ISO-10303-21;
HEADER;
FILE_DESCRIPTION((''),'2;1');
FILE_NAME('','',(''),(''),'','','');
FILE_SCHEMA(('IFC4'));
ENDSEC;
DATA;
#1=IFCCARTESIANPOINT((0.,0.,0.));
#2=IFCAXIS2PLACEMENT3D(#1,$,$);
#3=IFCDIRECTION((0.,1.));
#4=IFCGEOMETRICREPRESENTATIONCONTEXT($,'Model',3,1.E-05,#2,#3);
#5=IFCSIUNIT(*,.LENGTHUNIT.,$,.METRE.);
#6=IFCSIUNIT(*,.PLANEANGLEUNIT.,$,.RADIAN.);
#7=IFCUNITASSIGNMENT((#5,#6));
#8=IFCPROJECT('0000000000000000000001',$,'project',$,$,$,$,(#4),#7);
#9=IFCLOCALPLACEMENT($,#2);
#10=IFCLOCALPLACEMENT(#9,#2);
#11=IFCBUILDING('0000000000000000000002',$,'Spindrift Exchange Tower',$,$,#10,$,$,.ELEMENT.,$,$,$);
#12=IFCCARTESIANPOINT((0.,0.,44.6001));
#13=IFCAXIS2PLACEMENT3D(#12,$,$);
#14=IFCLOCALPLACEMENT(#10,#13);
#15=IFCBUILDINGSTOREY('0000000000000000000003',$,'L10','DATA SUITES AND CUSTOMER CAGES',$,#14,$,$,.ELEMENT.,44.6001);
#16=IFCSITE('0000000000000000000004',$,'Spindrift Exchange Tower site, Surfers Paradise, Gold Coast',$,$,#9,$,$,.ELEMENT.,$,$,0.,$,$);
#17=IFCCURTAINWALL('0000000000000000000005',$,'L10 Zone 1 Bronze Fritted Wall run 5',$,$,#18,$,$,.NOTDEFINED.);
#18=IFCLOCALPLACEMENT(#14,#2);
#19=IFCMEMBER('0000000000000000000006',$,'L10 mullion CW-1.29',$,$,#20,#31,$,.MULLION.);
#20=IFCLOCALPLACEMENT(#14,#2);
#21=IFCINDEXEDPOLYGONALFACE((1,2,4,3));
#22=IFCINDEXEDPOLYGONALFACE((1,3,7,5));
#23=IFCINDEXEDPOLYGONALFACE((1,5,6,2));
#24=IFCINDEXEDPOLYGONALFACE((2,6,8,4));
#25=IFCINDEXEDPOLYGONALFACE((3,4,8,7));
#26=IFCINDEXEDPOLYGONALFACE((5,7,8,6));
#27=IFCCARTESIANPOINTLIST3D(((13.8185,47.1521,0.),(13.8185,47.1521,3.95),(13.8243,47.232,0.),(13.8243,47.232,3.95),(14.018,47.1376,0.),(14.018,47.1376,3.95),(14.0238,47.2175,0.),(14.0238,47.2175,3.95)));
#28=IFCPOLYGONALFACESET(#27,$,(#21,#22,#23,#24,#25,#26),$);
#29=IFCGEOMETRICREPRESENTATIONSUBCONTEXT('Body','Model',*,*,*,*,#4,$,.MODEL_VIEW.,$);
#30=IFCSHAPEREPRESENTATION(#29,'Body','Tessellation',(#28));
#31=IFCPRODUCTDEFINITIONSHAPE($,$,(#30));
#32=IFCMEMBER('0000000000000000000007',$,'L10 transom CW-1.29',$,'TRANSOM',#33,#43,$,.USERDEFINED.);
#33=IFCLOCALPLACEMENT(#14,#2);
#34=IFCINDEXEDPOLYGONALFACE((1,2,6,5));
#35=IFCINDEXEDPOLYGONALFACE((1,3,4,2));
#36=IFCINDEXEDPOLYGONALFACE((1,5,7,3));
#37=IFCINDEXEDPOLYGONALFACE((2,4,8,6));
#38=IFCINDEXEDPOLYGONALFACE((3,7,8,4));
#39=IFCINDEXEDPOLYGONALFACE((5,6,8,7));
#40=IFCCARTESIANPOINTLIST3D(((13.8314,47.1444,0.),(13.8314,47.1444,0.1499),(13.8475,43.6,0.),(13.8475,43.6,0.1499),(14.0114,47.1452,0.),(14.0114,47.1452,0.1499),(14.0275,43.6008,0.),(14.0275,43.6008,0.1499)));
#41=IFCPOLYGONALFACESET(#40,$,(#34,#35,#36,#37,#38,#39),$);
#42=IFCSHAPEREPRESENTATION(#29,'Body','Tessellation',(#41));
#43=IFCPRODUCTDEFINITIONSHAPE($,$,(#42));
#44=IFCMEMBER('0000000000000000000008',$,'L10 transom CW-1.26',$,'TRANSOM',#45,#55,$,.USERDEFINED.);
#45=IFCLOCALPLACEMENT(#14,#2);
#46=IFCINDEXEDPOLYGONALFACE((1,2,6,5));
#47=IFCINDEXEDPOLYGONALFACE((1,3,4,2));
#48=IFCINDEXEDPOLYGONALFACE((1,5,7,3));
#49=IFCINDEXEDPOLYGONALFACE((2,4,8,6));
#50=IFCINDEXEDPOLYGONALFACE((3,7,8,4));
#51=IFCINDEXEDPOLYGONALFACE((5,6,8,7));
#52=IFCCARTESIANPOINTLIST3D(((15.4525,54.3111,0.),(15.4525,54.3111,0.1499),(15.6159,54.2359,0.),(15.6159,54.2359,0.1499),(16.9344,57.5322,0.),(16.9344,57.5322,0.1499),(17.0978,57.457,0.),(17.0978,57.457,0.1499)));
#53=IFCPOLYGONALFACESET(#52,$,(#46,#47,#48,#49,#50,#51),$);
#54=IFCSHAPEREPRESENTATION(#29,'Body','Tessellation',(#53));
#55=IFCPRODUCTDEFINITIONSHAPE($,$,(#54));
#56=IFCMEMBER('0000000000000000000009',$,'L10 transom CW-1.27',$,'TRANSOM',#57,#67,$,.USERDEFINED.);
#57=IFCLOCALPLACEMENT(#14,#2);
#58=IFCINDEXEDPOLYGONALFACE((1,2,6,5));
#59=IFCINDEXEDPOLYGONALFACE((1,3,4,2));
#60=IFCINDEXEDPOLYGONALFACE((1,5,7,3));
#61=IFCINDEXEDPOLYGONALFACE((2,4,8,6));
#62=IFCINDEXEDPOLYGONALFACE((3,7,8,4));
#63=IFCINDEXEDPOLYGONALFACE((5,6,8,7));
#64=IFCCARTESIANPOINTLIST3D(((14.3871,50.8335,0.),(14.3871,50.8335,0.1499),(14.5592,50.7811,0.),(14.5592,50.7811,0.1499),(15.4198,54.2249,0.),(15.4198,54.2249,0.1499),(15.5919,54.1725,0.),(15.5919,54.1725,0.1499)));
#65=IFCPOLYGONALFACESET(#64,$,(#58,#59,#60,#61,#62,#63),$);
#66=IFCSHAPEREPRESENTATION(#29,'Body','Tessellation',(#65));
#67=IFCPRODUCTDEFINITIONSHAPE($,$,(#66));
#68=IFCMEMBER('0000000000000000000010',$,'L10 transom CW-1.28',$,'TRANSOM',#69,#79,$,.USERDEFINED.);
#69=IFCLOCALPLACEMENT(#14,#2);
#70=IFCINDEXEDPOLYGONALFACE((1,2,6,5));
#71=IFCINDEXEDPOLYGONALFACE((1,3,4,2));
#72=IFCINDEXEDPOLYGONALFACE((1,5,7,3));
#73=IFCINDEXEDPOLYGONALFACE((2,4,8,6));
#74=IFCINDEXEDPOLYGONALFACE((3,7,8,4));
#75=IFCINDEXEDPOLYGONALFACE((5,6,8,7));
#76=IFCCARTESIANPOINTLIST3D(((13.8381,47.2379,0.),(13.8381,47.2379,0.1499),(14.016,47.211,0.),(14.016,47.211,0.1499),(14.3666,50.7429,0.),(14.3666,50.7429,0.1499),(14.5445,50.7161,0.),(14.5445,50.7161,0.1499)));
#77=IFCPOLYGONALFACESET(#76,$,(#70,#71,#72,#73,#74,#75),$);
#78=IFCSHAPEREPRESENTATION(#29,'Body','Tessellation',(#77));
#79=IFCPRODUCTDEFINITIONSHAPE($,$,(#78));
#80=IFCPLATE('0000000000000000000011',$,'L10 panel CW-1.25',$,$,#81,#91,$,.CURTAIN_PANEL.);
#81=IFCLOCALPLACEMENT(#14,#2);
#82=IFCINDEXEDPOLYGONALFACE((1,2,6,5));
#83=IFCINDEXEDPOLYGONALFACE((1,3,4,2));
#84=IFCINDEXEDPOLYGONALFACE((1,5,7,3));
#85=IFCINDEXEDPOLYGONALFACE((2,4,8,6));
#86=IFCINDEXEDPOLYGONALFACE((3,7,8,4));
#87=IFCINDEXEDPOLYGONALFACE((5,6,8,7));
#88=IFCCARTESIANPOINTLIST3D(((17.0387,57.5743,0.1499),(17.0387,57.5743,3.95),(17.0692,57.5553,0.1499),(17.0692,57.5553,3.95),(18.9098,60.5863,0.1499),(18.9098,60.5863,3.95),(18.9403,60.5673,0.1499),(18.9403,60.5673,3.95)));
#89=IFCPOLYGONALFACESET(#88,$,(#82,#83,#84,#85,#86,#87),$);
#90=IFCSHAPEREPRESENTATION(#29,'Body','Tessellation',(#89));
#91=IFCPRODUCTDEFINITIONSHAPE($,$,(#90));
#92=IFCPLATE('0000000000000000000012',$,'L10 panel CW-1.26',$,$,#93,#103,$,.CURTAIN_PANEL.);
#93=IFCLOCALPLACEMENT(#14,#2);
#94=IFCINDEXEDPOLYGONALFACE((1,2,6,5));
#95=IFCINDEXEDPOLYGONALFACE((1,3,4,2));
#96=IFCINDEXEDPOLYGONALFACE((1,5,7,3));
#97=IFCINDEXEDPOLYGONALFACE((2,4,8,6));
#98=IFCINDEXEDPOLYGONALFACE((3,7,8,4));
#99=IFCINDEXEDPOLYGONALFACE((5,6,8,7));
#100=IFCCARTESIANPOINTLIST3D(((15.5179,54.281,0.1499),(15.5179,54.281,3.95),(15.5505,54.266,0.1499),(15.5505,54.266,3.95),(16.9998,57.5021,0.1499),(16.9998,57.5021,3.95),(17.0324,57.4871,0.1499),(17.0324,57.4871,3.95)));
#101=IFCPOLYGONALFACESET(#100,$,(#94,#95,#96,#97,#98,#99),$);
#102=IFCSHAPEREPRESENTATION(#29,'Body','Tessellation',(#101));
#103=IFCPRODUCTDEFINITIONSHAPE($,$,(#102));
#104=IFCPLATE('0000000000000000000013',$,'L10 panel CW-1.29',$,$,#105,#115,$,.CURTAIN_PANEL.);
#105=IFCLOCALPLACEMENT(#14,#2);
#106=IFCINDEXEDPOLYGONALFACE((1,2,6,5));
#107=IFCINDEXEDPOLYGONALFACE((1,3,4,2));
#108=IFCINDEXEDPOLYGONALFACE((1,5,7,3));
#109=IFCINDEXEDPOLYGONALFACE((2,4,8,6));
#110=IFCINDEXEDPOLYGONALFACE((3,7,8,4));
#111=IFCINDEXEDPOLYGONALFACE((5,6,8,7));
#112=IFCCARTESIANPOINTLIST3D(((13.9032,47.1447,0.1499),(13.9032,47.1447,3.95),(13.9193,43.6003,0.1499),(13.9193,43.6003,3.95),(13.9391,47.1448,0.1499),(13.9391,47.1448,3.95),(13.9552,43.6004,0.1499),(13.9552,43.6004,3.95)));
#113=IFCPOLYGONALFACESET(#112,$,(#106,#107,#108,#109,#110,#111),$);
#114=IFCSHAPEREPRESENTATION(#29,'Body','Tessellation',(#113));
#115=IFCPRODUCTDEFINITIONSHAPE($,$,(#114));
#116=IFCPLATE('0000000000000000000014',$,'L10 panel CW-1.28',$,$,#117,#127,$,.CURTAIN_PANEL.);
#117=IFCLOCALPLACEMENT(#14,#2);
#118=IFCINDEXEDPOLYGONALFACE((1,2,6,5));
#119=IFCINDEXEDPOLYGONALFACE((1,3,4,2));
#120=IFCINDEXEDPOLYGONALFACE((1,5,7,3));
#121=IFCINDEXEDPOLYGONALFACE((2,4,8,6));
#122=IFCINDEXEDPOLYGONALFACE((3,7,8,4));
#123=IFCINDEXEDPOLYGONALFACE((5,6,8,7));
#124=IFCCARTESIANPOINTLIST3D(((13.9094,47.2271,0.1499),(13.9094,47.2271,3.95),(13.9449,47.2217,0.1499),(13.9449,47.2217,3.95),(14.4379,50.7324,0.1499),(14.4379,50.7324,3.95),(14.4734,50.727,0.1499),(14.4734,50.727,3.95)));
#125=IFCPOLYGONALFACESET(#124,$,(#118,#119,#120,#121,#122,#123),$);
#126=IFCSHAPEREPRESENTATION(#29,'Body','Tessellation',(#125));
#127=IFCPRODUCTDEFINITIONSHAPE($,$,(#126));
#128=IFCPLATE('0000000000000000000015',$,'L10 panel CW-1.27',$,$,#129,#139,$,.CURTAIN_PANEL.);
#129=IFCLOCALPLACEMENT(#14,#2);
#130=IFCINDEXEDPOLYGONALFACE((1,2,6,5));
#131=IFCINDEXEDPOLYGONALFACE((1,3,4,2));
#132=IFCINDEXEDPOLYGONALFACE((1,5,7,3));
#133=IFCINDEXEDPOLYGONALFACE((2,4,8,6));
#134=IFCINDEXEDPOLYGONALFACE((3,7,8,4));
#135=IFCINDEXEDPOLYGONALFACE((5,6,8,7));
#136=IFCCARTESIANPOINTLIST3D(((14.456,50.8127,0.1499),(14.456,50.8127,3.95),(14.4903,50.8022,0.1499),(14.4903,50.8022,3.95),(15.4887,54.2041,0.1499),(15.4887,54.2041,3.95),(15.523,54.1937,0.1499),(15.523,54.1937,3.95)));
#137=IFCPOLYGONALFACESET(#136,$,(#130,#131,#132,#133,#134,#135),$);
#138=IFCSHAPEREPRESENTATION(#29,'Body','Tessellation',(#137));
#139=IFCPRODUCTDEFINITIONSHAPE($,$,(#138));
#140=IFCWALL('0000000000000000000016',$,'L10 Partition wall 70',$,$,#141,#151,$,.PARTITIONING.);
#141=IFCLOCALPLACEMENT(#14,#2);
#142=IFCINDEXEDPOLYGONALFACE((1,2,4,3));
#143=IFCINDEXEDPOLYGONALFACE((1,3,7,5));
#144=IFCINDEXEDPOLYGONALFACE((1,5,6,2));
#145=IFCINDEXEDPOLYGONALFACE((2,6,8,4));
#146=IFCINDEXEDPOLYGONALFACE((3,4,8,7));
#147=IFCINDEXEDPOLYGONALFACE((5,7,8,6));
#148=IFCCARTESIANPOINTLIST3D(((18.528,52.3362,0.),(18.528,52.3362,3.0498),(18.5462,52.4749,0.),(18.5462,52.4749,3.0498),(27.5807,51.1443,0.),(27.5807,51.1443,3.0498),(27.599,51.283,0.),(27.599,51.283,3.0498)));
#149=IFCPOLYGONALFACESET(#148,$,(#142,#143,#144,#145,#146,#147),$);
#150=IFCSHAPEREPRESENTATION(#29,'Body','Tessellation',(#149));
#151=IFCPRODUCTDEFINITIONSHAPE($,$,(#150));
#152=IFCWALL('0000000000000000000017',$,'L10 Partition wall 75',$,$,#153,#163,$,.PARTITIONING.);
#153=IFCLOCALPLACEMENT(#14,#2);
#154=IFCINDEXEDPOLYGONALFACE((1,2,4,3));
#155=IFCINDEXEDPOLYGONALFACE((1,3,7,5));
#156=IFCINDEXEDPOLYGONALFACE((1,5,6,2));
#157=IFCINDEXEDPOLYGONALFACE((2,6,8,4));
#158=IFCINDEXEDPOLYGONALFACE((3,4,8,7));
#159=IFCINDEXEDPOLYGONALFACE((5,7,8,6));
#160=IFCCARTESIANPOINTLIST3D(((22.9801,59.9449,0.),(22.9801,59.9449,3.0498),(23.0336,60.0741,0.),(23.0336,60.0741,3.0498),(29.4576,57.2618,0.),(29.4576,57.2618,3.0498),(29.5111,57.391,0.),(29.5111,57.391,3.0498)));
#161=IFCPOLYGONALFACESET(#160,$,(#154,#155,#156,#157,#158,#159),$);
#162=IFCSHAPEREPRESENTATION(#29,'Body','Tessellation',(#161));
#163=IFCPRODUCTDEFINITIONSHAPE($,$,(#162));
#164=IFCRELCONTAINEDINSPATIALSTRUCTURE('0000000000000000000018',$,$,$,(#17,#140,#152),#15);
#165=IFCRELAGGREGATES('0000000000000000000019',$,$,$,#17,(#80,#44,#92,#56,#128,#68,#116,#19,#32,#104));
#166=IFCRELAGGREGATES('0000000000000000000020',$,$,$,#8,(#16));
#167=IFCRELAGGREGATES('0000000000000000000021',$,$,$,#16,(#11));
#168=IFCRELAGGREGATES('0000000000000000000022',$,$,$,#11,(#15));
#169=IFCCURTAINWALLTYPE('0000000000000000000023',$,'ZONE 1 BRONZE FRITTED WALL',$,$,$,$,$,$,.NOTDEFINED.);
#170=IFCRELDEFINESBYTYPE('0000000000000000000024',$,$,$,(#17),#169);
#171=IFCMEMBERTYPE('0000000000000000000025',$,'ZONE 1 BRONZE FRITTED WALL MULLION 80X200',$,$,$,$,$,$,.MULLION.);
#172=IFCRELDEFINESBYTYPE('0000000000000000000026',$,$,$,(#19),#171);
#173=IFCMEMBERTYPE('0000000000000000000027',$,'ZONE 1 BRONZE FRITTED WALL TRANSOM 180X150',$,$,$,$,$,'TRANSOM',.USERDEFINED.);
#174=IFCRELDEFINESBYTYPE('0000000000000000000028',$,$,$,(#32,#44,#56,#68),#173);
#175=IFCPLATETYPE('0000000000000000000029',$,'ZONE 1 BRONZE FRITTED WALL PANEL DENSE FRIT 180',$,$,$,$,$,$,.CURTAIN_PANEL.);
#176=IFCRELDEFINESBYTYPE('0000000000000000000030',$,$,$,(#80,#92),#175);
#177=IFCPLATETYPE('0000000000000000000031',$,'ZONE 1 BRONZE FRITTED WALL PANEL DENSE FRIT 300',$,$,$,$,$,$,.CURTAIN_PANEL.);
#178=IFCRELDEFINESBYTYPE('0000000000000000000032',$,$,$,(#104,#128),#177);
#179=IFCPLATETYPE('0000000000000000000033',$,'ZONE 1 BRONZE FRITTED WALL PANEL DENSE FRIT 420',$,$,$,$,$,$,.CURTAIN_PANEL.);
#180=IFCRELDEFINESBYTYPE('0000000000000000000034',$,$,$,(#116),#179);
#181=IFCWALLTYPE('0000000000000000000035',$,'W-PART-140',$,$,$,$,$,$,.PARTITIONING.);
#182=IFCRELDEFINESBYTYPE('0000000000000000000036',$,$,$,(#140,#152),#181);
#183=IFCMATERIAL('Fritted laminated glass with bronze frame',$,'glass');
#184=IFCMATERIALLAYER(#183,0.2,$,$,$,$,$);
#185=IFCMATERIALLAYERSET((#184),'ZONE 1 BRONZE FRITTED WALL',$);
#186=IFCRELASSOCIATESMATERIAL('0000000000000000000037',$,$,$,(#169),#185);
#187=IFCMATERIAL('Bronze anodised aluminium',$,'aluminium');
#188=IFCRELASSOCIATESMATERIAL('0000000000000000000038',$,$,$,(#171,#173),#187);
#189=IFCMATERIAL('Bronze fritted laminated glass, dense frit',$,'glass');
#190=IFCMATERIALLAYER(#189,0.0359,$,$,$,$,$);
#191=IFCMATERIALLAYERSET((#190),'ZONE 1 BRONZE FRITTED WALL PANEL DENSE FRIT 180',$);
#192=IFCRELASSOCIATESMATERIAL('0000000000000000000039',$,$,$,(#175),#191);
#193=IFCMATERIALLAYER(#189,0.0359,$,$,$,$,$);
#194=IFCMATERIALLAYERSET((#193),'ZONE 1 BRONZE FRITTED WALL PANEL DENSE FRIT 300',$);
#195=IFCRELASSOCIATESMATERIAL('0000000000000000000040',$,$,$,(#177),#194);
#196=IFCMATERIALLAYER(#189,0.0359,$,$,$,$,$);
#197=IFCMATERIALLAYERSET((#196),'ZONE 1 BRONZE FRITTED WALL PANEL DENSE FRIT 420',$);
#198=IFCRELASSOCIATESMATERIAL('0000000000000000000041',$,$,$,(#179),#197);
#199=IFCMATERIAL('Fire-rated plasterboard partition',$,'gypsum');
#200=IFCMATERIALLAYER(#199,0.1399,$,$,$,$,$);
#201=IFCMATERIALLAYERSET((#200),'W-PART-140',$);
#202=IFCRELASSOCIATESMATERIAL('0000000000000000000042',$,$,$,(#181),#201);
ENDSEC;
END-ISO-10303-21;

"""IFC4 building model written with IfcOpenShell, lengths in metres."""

from ifc_helpers import new_model, si_unit, direction, frame, frame_2d, origin, origin_2d, place, context, subcontext, project, spatial, rectangle, extrude, source, transform, mapped, material, layer, layer_set, material_profile, profile_set, type_object, element, aggregate, save


model = new_model("IFC4")

# Units and contexts
model_context = context("Model", 3, precision=1e-05, world=origin(), true_north=direction((0.0, 1.0)))
body_context = subcontext(model_context, "Body", "Model", "MODEL_VIEW")
ifc_project = project(units=[si_unit("LENGTHUNIT", "METRE"), si_unit("PLANEANGLEUNIT", "RADIAN")], contexts=[model_context])

# Site, building, storey
site_placement = place(None, origin())
site = spatial("IfcSite", under=ifc_project, at=site_placement, Name="Spindrift Exchange Tower site, Surfers Paradise, Gold Coast", CompositionType="ELEMENT", RefElevation=0.0)
building_placement = place(site_placement, origin())
building = spatial("IfcBuilding", under=site, at=building_placement, Name="Spindrift Exchange Tower", CompositionType="ELEMENT")
storey_placement = place(building_placement, frame((0.0, 0.0, 44.6001)))
storey = spatial("IfcBuildingStorey", under=building, at=storey_placement, Name="L10", Description="DATA SUITES AND CUSTOMER CAGES", CompositionType="ELEMENT", Elevation=44.6001)

# Curtain wall, members, plates
ifc_material_1 = material(Name="Fritted laminated glass with bronze frame", Category="glass")
ifc_layer_1 = layer(ifc_material_1, 0.2)
ifc_layer_set_1 = layer_set([ifc_layer_1], Name="ZONE 1 BRONZE FRITTED WALL")
curtain_wall_type = type_object("IfcCurtainWallType", Name="ZONE 1 BRONZE FRITTED WALL", PredefinedType="NOTDEFINED", material=ifc_layer_set_1)
curtain_wall_placement = place(storey_placement, origin())
curtain_wall = element("IfcCurtainWall", 1, at=curtain_wall_placement, inside=storey, type_object=curtain_wall_type, Name="L10 Zone 1 Bronze Fritted Wall run 5", PredefinedType="NOTDEFINED")
ifc_material_2 = material(Name="Bronze anodised aluminium", Category="aluminium")
ifc_material_profile_1 = material_profile(ifc_material_2, rectangle(XDim=0.0801, YDim=0.2, at=origin_2d()), Name="ZONE 1 BRONZE FRITTED WALL MULLION 80X200")
ifc_profile_set_1 = profile_set([ifc_material_profile_1], Name="Bronze anodised aluminium")
member_type_1 = type_object("IfcMemberType", Name="ZONE 1 BRONZE FRITTED WALL MULLION 80X200", PredefinedType="MULLION", material=ifc_profile_set_1)
shared_shape_1 = source(origin(), body_context, "Body", "SweptSolid", [
    extrude(rectangle(XDim=0.0801, YDim=0.2, at=origin_2d()), origin(), (0.0, 0.0, 1.0), 3.95),
])
member_1_placement = place(storey_placement, frame((13.9211, 47.1848, 0.0), z_axis=(0.0, 0.0, 1.0), x_axis=(-0.072481, -0.99737, 0.0)))
member_1 = element("IfcMember", 2, at=member_1_placement, type_object=member_type_1, Name="L10 mullion CW-1.29", PredefinedType="MULLION", context=body_context, shape_type="MappedRepresentation", body=[
    mapped(shared_shape_1, transform((0.0, 0.0, 0.0), scale=1.0)),
])
ifc_material_profile_2 = material_profile(ifc_material_2, rectangle(XDim=0.1799, YDim=0.1499, at=origin_2d()), Name="ZONE 1 BRONZE FRITTED WALL TRANSOM 180X150")
ifc_profile_set_2 = profile_set([ifc_material_profile_2], Name="Bronze anodised aluminium")
member_type_2 = type_object("IfcMemberType", Name="ZONE 1 BRONZE FRITTED WALL TRANSOM 180X150", ElementType="TRANSOM", PredefinedType="USERDEFINED", material=ifc_profile_set_2)
shared_shape_2 = source(origin(), body_context, "Body", "SweptSolid", [
    extrude(rectangle(XDim=0.1799, YDim=0.1499, at=origin_2d()), origin(), (0.0, 0.0, 1.0), 3.5444),
])
member_2_placement = place(storey_placement, frame((13.9214, 47.1448, 0.075), z_axis=(0.004546, -0.99999, 0.0), x_axis=(0.99999, 0.004546, 0.0)))
member_2 = element("IfcMember", 3, at=member_2_placement, type_object=member_type_2, Name="L10 transom CW-1.29", ObjectType="TRANSOM", PredefinedType="USERDEFINED", context=body_context, shape_type="MappedRepresentation", body=[
    mapped(shared_shape_2, transform((0.0, 0.0, 0.0), scale=1.0)),
])
shared_shape_3 = source(origin(), body_context, "Body", "SweptSolid", [
    extrude(rectangle(XDim=0.1799, YDim=0.1499, at=origin_2d()), origin(), (0.0, 0.0, 1.0), 3.5457),
])
member_3_placement = place(storey_placement, frame((17.0161, 57.4946, 0.075), z_axis=(-0.417949, -0.908471, 0.0), x_axis=(0.908471, -0.417949, 0.0)))
member_3 = element("IfcMember", 4, at=member_3_placement, type_object=member_type_2, Name="L10 transom CW-1.26", ObjectType="TRANSOM", PredefinedType="USERDEFINED", context=body_context, shape_type="MappedRepresentation", body=[
    mapped(shared_shape_3, transform((0.0, 0.0, 0.0), scale=1.0)),
])
shared_shape_4 = source(origin(), body_context, "Body", "SweptSolid", [
    extrude(rectangle(XDim=0.1799, YDim=0.1499, at=origin_2d()), origin(), (0.0, 0.0, 1.0), 3.5452),
])
member_4_placement = place(storey_placement, frame((15.5059, 54.1987, 0.075), z_axis=(-0.291307, -0.95663, 0.0), x_axis=(0.95663, -0.291307, 0.0)))
member_4 = element("IfcMember", 5, at=member_4_placement, type_object=member_type_2, Name="L10 transom CW-1.27", ObjectType="TRANSOM", PredefinedType="USERDEFINED", context=body_context, shape_type="MappedRepresentation", body=[
    mapped(shared_shape_4, transform((0.0, 0.0, 0.0), scale=1.0)),
])
shared_shape_5 = source(origin(), body_context, "Body", "SweptSolid", [
    extrude(rectangle(XDim=0.1799, YDim=0.1499, at=origin_2d()), origin(), (0.0, 0.0, 1.0), 3.5447),
])
member_5_placement = place(storey_placement, frame((14.4556, 50.7295, 0.075), z_axis=(-0.149112, -0.98882, 0.0), x_axis=(0.98882, -0.149112, 0.0)))
member_5 = element("IfcMember", 6, at=member_5_placement, type_object=member_type_2, Name="L10 transom CW-1.28", ObjectType="TRANSOM", PredefinedType="USERDEFINED", context=body_context, shape_type="MappedRepresentation", body=[
    mapped(shared_shape_5, transform((0.0, 0.0, 0.0), scale=1.0)),
])
ifc_material_3 = material(Name="Bronze fritted laminated glass, dense frit", Category="glass")
ifc_layer_2 = layer(ifc_material_3, 0.0359)
ifc_layer_set_2 = layer_set([ifc_layer_2], Name="ZONE 1 BRONZE FRITTED WALL PANEL DENSE FRIT 180")
plate_type_1 = type_object("IfcPlateType", Name="ZONE 1 BRONZE FRITTED WALL PANEL DENSE FRIT 180", PredefinedType="CURTAIN_PANEL", material=ifc_layer_set_2)
shared_shape_6 = source(origin(), body_context, "Body", "SweptSolid", [
    extrude(rectangle(XDim=3.5459, YDim=0.0359, at=origin_2d()), origin(), (0.0, 0.0, 1.0), 3.8),
])
plate_1_placement = place(storey_placement, frame((17.9895, 59.0708, 0.1499), z_axis=(0.0, 0.0, 1.0), x_axis=(-0.527684, -0.849441, 0.0)))
plate_1 = element("IfcPlate", 7, at=plate_1_placement, type_object=plate_type_1, Name="L10 panel CW-1.25", PredefinedType="CURTAIN_PANEL", context=body_context, shape_type="MappedRepresentation", body=[
    mapped(shared_shape_6, transform((0.0, 0.0, 0.0), scale=1.0)),
])
shared_shape_7 = source(origin(), body_context, "Body", "SweptSolid", [
    extrude(rectangle(XDim=3.5457, YDim=0.0359, at=origin_2d()), origin(), (0.0, 0.0, 1.0), 3.8),
])
plate_2_placement = place(storey_placement, frame((16.2751, 55.884, 0.1499), z_axis=(0.0, 0.0, 1.0), x_axis=(-0.41794, -0.908475, 0.0)))
plate_2 = element("IfcPlate", 8, at=plate_2_placement, type_object=plate_type_1, Name="L10 panel CW-1.26", PredefinedType="CURTAIN_PANEL", context=body_context, shape_type="MappedRepresentation", body=[
    mapped(shared_shape_7, transform((0.0, 0.0, 0.0), scale=1.0)),
])
ifc_layer_3 = layer(ifc_material_3, 0.0359)
ifc_layer_set_3 = layer_set([ifc_layer_3], Name="ZONE 1 BRONZE FRITTED WALL PANEL DENSE FRIT 300")
plate_type_2 = type_object("IfcPlateType", Name="ZONE 1 BRONZE FRITTED WALL PANEL DENSE FRIT 300", PredefinedType="CURTAIN_PANEL", material=ifc_layer_set_3)
shared_shape_8 = source(origin(), body_context, "Body", "SweptSolid", [
    extrude(rectangle(XDim=3.5444, YDim=0.0359, at=origin_2d()), origin(), (0.0, 0.0, 1.0), 3.8),
])
plate_3_placement = place(storey_placement, frame((13.9292, 45.3726, 0.1499), z_axis=(0.0, 0.0, 1.0), x_axis=(0.004552, -0.99999, 0.0)))
plate_3 = element("IfcPlate", 9, at=plate_3_placement, type_object=plate_type_2, Name="L10 panel CW-1.29", PredefinedType="CURTAIN_PANEL", context=body_context, shape_type="MappedRepresentation", body=[
    mapped(shared_shape_8, transform((0.0, 0.0, 0.0), scale=1.0)),
])
ifc_layer_4 = layer(ifc_material_3, 0.0359)
ifc_layer_set_4 = layer_set([ifc_layer_4], Name="ZONE 1 BRONZE FRITTED WALL PANEL DENSE FRIT 420")
plate_type_3 = type_object("IfcPlateType", Name="ZONE 1 BRONZE FRITTED WALL PANEL DENSE FRIT 420", PredefinedType="CURTAIN_PANEL", material=ifc_layer_set_4)
shared_shape_9 = source(origin(), body_context, "Body", "SweptSolid", [
    extrude(rectangle(XDim=3.5449, YDim=0.0359, at=origin_2d()), origin(), (0.0, 0.0, 1.0), 3.8),
])
plate_4_placement = place(storey_placement, frame((14.1914, 48.9771, 0.1499), z_axis=(0.0, 0.0, 1.0), x_axis=(-0.149083, -0.988825, 0.0)))
plate_4 = element("IfcPlate", 10, at=plate_4_placement, type_object=plate_type_3, Name="L10 panel CW-1.28", PredefinedType="CURTAIN_PANEL", context=body_context, shape_type="MappedRepresentation", body=[
    mapped(shared_shape_9, transform((0.0, 0.0, 0.0), scale=1.0)),
])
shared_shape_10 = source(origin(), body_context, "Body", "SweptSolid", [
    extrude(rectangle(XDim=3.5452, YDim=0.0359, at=origin_2d()), origin(), (0.0, 0.0, 1.0), 3.8),
])
plate_5_placement = place(storey_placement, frame((14.9895, 52.5032, 0.1499), z_axis=(0.0, 0.0, 1.0), x_axis=(-0.291293, -0.956634, 0.0)))
plate_5 = element("IfcPlate", 11, at=plate_5_placement, type_object=plate_type_2, Name="L10 panel CW-1.27", PredefinedType="CURTAIN_PANEL", context=body_context, shape_type="MappedRepresentation", body=[
    mapped(shared_shape_10, transform((0.0, 0.0, 0.0), scale=1.0)),
])
aggregate(curtain_wall, [plate_1, member_3, plate_2, member_4, plate_5, member_5, plate_4, member_1, member_2, plate_3])

# Walls
ifc_material_4 = material(Name="Fire-rated plasterboard partition", Category="gypsum")
ifc_layer_5 = layer(ifc_material_4, 0.1399)
ifc_layer_set_5 = layer_set([ifc_layer_5], Name="W-PART-140")
wall_type = type_object("IfcWallType", Name="W-PART-140", PredefinedType="PARTITIONING", material=ifc_layer_set_5)
wall_1_placement = place(storey_placement, frame((27.5898, 51.2136, 0.0), z_axis=(0.0, 0.0, 1.0), x_axis=(-0.991444, 0.130535, 0.0)))
element("IfcWall", 12, at=wall_1_placement, inside=storey, type_object=wall_type, Name="L10 Partition wall 70", PredefinedType="PARTITIONING", context=body_context, shape_type="SweptSolid", body=[
    extrude(rectangle(XDim=9.1309, YDim=0.1399, at=frame_2d((4.5654, 0.0))), origin(), (0.0, 0.0, 1.0), 3.0498),
])
wall_2_placement = place(storey_placement, frame((29.4844, 57.3264, 0.0), z_axis=(0.0, 0.0, 1.0), x_axis=(-0.923878, 0.382686, 0.0)))
element("IfcWall", 13, at=wall_2_placement, inside=storey, type_object=wall_type, Name="L10 Partition wall 75", PredefinedType="PARTITIONING", context=body_context, shape_type="SweptSolid", body=[
    extrude(rectangle(XDim=7.0112, YDim=0.1399, at=frame_2d((3.5056, 0.0))), origin(), (0.0, 0.0, 1.0), 3.0498),
])

save(model, "model.ifc")
